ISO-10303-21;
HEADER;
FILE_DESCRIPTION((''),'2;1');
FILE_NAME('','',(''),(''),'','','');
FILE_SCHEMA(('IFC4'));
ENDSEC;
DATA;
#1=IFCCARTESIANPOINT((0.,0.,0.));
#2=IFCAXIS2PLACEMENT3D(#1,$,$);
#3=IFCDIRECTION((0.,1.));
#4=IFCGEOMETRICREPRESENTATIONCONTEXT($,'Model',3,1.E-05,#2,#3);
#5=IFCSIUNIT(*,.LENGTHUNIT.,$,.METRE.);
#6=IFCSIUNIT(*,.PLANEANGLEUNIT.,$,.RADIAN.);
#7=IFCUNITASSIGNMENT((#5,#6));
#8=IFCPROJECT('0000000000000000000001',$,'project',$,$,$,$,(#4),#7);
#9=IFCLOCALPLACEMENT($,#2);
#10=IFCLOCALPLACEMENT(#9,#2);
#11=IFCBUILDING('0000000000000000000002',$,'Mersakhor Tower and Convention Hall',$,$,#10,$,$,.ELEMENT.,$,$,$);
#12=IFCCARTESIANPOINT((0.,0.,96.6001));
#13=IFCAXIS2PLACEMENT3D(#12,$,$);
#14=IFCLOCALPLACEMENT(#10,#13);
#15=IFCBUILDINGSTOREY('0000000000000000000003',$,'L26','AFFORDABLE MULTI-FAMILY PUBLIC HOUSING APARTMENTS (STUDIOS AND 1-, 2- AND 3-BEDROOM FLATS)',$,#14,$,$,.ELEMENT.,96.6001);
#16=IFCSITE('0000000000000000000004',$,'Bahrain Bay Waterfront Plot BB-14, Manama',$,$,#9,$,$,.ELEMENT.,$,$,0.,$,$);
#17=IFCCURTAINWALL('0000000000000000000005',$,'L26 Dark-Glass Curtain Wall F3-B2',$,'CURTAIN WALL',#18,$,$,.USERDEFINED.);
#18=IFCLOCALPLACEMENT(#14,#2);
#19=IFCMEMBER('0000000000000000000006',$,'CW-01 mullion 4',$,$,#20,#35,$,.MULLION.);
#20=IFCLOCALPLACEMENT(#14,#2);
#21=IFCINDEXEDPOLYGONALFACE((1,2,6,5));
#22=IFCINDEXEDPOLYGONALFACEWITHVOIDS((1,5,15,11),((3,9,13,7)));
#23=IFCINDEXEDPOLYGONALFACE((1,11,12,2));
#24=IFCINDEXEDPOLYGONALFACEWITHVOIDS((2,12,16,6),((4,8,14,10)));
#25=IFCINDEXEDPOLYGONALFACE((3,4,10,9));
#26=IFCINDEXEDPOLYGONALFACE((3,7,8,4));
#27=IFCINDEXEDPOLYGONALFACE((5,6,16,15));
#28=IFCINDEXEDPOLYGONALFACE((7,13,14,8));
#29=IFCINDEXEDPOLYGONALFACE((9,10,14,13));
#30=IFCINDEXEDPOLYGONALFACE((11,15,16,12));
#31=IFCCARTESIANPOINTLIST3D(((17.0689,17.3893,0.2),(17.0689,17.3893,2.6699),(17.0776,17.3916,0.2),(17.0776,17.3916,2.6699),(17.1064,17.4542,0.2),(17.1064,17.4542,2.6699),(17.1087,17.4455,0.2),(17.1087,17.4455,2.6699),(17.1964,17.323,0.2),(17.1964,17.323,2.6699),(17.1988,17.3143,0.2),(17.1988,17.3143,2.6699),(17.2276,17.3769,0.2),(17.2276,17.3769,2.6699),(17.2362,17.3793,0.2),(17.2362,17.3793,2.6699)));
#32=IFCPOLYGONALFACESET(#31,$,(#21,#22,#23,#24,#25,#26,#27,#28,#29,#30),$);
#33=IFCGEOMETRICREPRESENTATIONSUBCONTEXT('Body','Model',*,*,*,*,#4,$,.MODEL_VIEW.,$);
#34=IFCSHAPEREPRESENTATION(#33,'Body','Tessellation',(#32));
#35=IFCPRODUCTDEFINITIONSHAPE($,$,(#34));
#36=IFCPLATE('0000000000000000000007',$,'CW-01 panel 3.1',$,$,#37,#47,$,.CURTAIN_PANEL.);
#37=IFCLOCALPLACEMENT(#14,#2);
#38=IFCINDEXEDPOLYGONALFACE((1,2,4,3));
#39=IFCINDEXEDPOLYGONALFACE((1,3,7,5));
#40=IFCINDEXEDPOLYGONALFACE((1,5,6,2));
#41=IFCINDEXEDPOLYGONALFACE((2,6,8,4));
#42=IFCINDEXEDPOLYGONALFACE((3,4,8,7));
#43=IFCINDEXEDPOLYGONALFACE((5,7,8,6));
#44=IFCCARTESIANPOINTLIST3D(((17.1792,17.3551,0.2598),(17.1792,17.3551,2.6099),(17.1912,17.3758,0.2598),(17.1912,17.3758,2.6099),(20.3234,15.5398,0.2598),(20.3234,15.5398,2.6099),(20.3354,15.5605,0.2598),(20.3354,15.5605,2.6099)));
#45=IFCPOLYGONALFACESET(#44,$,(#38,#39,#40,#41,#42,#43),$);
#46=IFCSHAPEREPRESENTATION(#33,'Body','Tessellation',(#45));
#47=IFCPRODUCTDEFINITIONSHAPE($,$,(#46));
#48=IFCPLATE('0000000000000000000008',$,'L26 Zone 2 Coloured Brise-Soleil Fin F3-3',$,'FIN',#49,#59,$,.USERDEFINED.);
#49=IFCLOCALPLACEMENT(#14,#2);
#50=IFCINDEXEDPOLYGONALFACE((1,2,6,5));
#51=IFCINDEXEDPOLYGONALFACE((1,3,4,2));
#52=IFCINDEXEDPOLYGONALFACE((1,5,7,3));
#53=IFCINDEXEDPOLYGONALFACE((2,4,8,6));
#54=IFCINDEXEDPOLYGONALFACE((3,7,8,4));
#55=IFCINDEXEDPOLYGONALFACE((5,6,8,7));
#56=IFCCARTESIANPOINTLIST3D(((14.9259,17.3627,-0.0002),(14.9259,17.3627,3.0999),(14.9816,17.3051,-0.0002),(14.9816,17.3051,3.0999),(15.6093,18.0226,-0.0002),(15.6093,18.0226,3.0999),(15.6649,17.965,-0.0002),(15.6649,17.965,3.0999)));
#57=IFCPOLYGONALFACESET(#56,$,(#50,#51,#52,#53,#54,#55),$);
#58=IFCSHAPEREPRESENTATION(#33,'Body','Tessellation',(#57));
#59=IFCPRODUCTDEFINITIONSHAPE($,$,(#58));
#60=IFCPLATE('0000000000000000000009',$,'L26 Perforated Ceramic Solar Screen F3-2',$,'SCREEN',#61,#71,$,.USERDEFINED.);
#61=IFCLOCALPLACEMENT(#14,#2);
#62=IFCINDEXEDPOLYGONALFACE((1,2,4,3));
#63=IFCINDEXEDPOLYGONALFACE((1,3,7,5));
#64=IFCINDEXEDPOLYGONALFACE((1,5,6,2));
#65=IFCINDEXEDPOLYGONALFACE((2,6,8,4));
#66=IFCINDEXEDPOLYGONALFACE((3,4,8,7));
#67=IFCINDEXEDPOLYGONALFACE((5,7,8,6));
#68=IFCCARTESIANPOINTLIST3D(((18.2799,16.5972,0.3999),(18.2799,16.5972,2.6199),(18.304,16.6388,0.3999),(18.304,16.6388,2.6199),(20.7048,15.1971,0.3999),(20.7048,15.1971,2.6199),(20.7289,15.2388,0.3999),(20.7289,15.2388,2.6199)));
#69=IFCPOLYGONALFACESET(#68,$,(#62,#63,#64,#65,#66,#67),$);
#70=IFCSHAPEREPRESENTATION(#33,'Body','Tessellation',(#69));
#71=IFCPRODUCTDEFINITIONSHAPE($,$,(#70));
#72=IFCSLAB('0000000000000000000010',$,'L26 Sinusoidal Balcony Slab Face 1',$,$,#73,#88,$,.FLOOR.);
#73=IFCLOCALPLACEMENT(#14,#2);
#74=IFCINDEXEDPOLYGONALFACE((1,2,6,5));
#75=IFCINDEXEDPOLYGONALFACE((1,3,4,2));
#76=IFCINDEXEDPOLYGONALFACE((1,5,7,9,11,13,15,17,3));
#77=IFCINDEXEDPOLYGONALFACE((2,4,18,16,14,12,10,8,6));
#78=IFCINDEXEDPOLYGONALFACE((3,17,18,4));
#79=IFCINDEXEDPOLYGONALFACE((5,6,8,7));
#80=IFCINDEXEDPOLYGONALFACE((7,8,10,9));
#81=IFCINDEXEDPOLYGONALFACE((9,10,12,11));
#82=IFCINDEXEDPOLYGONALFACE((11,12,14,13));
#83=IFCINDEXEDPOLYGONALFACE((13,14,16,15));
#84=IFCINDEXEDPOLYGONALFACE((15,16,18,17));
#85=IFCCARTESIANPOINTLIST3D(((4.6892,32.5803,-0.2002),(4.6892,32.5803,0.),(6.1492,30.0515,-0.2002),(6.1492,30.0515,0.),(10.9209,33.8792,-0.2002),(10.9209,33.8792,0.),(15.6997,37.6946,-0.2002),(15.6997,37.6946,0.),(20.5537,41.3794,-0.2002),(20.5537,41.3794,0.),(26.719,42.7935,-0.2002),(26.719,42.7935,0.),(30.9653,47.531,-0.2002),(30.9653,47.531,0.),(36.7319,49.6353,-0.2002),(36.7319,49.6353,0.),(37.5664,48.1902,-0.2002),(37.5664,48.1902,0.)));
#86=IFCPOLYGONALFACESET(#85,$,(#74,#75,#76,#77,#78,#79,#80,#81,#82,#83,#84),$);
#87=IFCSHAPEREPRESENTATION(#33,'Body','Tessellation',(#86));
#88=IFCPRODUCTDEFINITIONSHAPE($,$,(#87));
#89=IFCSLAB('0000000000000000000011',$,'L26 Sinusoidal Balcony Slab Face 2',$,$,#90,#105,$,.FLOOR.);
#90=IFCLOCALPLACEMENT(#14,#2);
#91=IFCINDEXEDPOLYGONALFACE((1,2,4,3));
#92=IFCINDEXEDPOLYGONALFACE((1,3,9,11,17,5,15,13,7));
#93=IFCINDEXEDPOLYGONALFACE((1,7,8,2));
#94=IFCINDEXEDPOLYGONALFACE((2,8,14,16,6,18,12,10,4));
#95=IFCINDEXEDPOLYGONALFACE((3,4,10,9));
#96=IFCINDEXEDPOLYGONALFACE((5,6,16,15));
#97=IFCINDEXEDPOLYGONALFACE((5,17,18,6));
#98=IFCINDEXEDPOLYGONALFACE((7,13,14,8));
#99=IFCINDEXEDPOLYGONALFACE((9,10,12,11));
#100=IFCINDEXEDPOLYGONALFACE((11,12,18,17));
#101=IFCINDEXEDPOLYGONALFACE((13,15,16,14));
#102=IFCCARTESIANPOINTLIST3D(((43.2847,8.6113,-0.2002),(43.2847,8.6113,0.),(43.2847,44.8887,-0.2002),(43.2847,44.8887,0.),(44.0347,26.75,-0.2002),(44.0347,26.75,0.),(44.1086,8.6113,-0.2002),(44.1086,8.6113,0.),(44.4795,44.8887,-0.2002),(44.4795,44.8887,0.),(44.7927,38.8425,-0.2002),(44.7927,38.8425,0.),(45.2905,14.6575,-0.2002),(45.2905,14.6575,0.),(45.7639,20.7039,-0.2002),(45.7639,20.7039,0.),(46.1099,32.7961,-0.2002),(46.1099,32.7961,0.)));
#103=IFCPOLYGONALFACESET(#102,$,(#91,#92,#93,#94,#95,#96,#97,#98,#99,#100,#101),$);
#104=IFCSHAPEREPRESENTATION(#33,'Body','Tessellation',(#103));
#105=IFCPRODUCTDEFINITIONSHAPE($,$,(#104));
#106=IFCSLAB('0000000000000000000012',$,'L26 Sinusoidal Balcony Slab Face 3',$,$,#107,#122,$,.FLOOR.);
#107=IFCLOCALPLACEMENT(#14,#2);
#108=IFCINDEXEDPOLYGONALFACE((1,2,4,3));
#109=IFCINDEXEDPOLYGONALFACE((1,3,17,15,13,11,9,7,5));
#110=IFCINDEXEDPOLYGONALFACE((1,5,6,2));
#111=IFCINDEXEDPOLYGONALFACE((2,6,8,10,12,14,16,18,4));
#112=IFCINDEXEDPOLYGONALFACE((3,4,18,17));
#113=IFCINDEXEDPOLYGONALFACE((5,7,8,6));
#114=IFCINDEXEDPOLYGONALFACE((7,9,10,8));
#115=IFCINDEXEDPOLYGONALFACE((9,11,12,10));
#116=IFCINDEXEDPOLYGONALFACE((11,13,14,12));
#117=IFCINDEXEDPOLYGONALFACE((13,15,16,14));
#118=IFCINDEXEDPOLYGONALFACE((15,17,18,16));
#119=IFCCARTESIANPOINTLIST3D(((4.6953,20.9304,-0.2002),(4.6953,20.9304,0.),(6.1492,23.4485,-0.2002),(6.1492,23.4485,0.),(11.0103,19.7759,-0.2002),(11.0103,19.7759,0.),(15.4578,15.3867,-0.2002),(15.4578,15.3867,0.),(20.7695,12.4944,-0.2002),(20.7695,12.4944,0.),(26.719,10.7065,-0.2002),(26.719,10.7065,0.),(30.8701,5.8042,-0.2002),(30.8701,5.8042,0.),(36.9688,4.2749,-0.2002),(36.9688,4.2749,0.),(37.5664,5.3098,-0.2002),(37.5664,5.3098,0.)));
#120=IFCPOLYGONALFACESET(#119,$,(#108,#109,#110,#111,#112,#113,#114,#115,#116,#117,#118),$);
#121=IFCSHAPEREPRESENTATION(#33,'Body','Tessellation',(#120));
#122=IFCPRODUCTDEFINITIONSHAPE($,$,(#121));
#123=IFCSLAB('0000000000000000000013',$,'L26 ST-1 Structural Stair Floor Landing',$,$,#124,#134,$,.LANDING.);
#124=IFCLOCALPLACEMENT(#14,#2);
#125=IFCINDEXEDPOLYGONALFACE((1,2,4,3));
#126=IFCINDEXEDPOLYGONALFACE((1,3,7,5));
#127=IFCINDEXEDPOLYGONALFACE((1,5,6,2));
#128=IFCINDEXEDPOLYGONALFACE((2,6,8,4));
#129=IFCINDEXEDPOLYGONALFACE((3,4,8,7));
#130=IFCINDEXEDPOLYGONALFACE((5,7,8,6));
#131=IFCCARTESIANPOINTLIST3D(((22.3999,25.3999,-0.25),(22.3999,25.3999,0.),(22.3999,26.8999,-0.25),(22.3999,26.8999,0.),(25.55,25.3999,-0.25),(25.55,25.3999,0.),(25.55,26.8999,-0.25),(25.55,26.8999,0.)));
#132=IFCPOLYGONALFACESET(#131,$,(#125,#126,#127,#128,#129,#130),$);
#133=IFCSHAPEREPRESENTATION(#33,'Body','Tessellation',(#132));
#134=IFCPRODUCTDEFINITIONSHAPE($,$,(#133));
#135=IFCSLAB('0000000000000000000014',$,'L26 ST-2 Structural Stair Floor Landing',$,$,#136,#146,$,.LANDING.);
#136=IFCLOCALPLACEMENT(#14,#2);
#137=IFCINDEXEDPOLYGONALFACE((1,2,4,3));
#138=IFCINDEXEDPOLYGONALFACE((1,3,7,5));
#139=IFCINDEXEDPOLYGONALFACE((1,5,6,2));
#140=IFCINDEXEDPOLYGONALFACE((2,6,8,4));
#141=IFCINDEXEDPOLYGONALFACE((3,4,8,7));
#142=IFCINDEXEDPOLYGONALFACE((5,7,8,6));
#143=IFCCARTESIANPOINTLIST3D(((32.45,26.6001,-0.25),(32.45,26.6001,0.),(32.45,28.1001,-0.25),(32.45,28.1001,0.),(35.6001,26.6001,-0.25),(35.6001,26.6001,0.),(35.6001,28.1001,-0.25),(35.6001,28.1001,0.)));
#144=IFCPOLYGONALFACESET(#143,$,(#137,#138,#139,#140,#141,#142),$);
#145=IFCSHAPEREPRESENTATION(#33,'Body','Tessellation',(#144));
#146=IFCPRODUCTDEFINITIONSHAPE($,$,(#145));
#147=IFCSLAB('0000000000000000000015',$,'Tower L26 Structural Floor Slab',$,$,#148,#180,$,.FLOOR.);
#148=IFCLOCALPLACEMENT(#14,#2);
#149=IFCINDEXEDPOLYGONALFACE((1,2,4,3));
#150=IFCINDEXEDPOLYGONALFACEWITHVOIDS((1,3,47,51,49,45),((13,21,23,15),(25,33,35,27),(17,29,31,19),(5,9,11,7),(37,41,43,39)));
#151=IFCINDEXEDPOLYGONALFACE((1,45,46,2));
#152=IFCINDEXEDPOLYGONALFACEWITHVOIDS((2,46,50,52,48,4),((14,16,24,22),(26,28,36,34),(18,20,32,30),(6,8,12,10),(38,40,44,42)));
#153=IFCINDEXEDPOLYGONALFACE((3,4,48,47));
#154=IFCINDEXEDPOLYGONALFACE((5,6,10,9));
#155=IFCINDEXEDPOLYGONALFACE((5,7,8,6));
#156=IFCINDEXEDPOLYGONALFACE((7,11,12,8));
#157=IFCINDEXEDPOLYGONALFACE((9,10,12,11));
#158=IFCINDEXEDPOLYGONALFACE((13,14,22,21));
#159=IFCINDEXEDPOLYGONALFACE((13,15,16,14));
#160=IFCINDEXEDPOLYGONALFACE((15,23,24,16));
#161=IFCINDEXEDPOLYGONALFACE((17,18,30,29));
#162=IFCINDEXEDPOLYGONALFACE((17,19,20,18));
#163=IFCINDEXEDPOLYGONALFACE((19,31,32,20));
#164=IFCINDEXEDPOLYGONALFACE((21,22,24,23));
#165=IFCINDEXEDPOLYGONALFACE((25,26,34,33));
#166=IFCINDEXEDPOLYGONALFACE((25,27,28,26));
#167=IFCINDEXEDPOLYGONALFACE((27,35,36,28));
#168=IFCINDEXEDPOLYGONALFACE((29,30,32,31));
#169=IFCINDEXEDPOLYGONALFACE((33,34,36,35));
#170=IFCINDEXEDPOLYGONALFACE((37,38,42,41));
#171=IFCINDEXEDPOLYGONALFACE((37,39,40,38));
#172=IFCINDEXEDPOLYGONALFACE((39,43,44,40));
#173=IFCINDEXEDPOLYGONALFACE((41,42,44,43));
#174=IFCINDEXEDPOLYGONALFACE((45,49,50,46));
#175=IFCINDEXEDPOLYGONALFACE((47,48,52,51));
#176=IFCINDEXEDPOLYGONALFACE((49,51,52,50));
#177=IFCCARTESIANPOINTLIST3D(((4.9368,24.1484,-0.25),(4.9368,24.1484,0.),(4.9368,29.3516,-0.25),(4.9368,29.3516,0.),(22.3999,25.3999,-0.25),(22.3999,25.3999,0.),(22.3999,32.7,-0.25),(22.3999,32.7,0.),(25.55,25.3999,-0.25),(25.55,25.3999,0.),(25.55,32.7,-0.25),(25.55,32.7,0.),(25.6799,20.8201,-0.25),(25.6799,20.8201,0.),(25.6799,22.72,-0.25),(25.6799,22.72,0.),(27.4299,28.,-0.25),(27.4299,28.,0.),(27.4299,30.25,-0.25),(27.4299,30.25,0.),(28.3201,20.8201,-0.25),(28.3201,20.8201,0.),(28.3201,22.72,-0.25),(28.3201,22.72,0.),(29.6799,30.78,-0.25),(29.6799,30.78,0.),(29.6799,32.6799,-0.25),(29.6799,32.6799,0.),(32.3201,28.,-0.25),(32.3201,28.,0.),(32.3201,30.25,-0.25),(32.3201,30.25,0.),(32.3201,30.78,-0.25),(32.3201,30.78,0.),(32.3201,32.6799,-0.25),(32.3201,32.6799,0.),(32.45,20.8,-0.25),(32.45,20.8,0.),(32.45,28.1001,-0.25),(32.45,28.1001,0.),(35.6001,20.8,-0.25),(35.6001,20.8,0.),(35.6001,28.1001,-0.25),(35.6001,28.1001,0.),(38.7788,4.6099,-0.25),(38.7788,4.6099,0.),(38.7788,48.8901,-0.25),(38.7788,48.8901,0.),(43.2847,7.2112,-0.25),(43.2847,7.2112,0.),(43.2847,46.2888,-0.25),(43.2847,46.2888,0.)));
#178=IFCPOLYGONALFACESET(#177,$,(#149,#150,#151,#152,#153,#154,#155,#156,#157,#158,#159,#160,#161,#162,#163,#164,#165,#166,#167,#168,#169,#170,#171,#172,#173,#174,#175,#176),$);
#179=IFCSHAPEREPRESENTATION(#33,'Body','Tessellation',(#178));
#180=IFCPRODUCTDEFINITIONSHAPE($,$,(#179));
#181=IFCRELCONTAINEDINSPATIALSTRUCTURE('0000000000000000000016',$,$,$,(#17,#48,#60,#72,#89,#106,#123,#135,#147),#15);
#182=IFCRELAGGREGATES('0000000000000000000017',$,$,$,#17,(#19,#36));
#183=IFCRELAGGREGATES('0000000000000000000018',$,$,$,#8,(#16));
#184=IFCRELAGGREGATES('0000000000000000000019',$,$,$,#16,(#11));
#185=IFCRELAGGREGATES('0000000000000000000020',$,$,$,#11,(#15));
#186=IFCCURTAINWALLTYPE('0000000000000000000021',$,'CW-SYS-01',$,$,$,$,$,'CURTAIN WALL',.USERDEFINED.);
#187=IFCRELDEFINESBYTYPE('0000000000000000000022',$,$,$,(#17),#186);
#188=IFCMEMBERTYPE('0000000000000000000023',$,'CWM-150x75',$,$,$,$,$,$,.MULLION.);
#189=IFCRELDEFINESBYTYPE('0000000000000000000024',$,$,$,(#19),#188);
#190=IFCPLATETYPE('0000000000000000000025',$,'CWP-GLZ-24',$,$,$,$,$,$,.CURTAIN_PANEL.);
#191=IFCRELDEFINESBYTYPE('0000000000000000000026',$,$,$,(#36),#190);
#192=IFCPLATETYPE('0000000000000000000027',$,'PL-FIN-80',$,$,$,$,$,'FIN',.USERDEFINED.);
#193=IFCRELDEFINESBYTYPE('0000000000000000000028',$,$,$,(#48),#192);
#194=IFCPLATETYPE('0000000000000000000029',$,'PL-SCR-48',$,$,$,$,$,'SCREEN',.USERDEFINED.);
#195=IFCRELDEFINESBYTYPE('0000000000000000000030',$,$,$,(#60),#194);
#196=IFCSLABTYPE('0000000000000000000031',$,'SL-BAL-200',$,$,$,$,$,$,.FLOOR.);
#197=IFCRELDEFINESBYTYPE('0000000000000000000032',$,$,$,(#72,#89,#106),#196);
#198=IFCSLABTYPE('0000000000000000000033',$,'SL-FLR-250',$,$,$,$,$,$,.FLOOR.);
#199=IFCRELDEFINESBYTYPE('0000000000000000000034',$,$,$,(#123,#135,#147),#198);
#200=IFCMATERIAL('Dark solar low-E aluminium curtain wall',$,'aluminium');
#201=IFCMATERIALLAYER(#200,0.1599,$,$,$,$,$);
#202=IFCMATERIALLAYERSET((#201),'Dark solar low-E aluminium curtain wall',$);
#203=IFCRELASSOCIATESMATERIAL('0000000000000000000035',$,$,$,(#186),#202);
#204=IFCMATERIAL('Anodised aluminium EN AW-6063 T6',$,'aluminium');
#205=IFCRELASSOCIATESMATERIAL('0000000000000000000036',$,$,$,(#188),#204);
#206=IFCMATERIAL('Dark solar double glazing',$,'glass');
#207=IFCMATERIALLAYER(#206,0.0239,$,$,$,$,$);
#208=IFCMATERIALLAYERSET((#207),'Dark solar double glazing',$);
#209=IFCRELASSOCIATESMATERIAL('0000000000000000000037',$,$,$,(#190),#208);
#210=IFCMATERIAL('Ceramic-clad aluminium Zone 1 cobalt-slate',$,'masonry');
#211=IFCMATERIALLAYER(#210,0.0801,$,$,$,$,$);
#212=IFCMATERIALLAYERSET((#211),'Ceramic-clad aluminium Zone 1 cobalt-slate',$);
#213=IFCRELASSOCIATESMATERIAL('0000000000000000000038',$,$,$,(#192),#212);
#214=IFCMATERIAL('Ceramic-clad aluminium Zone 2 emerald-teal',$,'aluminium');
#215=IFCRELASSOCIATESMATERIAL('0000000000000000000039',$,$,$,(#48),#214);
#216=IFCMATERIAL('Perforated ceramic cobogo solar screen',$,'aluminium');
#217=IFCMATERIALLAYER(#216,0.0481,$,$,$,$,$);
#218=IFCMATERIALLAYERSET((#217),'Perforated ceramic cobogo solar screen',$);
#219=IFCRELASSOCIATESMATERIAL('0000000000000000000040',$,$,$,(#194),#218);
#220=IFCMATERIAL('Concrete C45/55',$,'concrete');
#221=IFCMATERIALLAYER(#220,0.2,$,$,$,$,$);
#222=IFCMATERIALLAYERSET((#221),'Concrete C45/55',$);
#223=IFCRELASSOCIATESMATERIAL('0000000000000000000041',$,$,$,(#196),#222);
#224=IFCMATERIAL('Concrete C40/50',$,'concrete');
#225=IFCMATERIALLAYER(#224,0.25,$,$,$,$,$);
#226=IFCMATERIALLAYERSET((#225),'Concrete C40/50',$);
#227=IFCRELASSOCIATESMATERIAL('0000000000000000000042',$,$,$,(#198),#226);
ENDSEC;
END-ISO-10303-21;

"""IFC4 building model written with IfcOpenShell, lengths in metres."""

from ifc_helpers import new_model, si_unit, direction, frame, origin, origin_2d, place, context, subcontext, project, spatial, polyline, rectangle, hollow_rectangle, outline, extrude, material, layer, layer_set, material_profile, profile_set, type_object, element, aggregate, save


model = new_model("IFC4")

# Units and contexts
model_context = context("Model", 3, precision=1e-05, world=origin(), true_north=direction((0.0, 1.0)))
body_context = subcontext(model_context, "Body", "Model", "MODEL_VIEW")
ifc_project = project(units=[si_unit("LENGTHUNIT", "METRE"), si_unit("PLANEANGLEUNIT", "RADIAN")], contexts=[model_context])

# Site, building, storey
site_placement = place(None, origin())
site = spatial("IfcSite", under=ifc_project, at=site_placement, Name="Bahrain Bay Waterfront Plot BB-14, Manama", CompositionType="ELEMENT", RefElevation=0.0)
building_placement = place(site_placement, origin())
building = spatial("IfcBuilding", under=site, at=building_placement, Name="Mersakhor Tower and Convention Hall", CompositionType="ELEMENT")
storey_placement = place(building_placement, frame((0.0, 0.0, 96.6001)))
storey = spatial("IfcBuildingStorey", under=building, at=storey_placement, Name="L26", Description="AFFORDABLE MULTI-FAMILY PUBLIC HOUSING APARTMENTS (STUDIOS AND 1-, 2- AND 3-BEDROOM FLATS)", CompositionType="ELEMENT", Elevation=96.6001)

# Curtain wall, member, plate
ifc_material_1 = material(Name="Dark solar low-E aluminium curtain wall", Category="aluminium")
ifc_layer_1 = layer(ifc_material_1, 0.1599)
ifc_layer_set_1 = layer_set([ifc_layer_1], Name="Dark solar low-E aluminium curtain wall")
curtain_wall_type = type_object("IfcCurtainWallType", Name="CW-SYS-01", ElementType="CURTAIN WALL", PredefinedType="USERDEFINED", material=ifc_layer_set_1)
curtain_wall_placement = place(storey_placement, origin())
curtain_wall = element("IfcCurtainWall", 1, at=curtain_wall_placement, inside=storey, type_object=curtain_wall_type, Name="L26 Dark-Glass Curtain Wall F3-B2", ObjectType="CURTAIN WALL", PredefinedType="USERDEFINED")
ifc_material_2 = material(Name="Anodised aluminium EN AW-6063 T6", Category="aluminium")
ifc_material_profile = material_profile(ifc_material_2, hollow_rectangle(XDim=0.075, YDim=0.1499, WallThickness=0.0063, at=origin_2d()), Name="RHS 150x75x6.3")
ifc_profile_set = profile_set([ifc_material_profile], Name="Anodised aluminium EN AW-6063 T6")
member_type = type_object("IfcMemberType", Name="CWM-150x75", PredefinedType="MULLION", material=ifc_profile_set)
member_placement = place(storey_placement, frame((17.1526, 17.3843, 0.2), z_axis=(0.0, 0.0, 1.0), x_axis=(-0.499998, -0.866027, 0.0)))
member = element("IfcMember", 2, at=member_placement, type_object=member_type, Name="CW-01 mullion 4", PredefinedType="MULLION", context=body_context, shape_type="SweptSolid", body=[
    extrude(hollow_rectangle(XDim=0.075, YDim=0.1499, WallThickness=0.0063, at=origin_2d()), origin(), (0.0, 0.0, 1.0), 2.47),
])
ifc_material_3 = material(Name="Dark solar double glazing", Category="glass")
ifc_layer_2 = layer(ifc_material_3, 0.0239)
ifc_layer_set_2 = layer_set([ifc_layer_2], Name="Dark solar double glazing")
plate_type_1 = type_object("IfcPlateType", Name="CWP-GLZ-24", PredefinedType="CURTAIN_PANEL", material=ifc_layer_set_2)
plate_1_placement = place(storey_placement, frame((18.7573, 16.4578, 0.2598), z_axis=(0.0, 0.0, 1.0), x_axis=(-0.866027, 0.499998, 0.0)))
plate_1 = element("IfcPlate", 3, at=plate_1_placement, type_object=plate_type_1, Name="CW-01 panel 3.1", PredefinedType="CURTAIN_PANEL", context=body_context, shape_type="SweptSolid", body=[
    extrude(rectangle(XDim=3.6306, YDim=0.0239, at=origin_2d()), origin(), (0.0, 0.0, 1.0), 2.3501),
])
aggregate(curtain_wall, [member, plate_1])

# Plates
ifc_material_4 = material(Name="Ceramic-clad aluminium Zone 2 emerald-teal", Category="aluminium")
ifc_material_5 = material(Name="Ceramic-clad aluminium Zone 1 cobalt-slate", Category="masonry")
ifc_layer_3 = layer(ifc_material_5, 0.0801)
ifc_layer_set_3 = layer_set([ifc_layer_3], Name="Ceramic-clad aluminium Zone 1 cobalt-slate")
plate_type_2 = type_object("IfcPlateType", Name="PL-FIN-80", ElementType="FIN", PredefinedType="USERDEFINED", material=ifc_layer_set_3)
plate_2_placement = place(storey_placement, frame((15.2954, 17.6638, -0.0002), z_axis=(0.0, 0.0, 1.0), x_axis=(-0.71934, -0.694658, 0.0)))
element("IfcPlate", 4, at=plate_2_placement, inside=storey, type_object=plate_type_2, material=ifc_material_4, Name="L26 Zone 2 Coloured Brise-Soleil Fin F3-3", ObjectType="FIN", PredefinedType="USERDEFINED", context=body_context, shape_type="SweptSolid", body=[
    extrude(rectangle(XDim=0.95, YDim=0.0801, at=origin_2d()), origin(), (0.0, 0.0, 1.0), 3.1001),
])
ifc_material_6 = material(Name="Perforated ceramic cobogo solar screen", Category="aluminium")
ifc_layer_4 = layer(ifc_material_6, 0.0481)
ifc_layer_set_4 = layer_set([ifc_layer_4], Name="Perforated ceramic cobogo solar screen")
plate_type_3 = type_object("IfcPlateType", Name="PL-SCR-48", ElementType="SCREEN", PredefinedType="USERDEFINED", material=ifc_layer_set_4)
plate_3_placement = place(storey_placement, frame((19.5044, 15.918, 0.3999), z_axis=(0.0, 0.0, 1.0), x_axis=(-0.866025, 0.5, 0.0)))
element("IfcPlate", 5, at=plate_3_placement, inside=storey, type_object=plate_type_3, Name="L26 Perforated Ceramic Solar Screen F3-2", ObjectType="SCREEN", PredefinedType="USERDEFINED", context=body_context, shape_type="SweptSolid", body=[
    extrude(rectangle(XDim=2.8, YDim=0.0481, at=origin_2d()), origin(), (0.0, 0.0, 1.0), 2.22),
])

# Slabs
ifc_material_7 = material(Name="Concrete C45/55", Category="concrete")
ifc_layer_5 = layer(ifc_material_7, 0.2)
ifc_layer_set_5 = layer_set([ifc_layer_5], Name="Concrete C45/55")
slab_type_1 = type_object("IfcSlabType", Name="SL-BAL-200", PredefinedType="FLOOR", material=ifc_layer_set_5)
slab_1_placement = place(storey_placement, frame((0.0, 0.0, -0.2002)))
element("IfcSlab", 6, at=slab_1_placement, inside=storey, type_object=slab_type_1, Name="L26 Sinusoidal Balcony Slab Face 1", PredefinedType="FLOOR", context=body_context, shape_type="SweptSolid", body=[
    extrude(outline(polyline([(6.1492, 30.0515), (37.5664, 48.1902), (36.7319, 49.6353), (30.9653, 47.531), (26.719, 42.7935), (20.5537, 41.3794), (15.6997, 37.6946), (10.9209, 33.8792), (4.6892, 32.5803), (6.1492, 30.0515)])), origin(), (0.0, 0.0, 1.0), 0.2002),
])
slab_2_placement = place(storey_placement, frame((0.0, 0.0, -0.2002)))
element("IfcSlab", 7, at=slab_2_placement, inside=storey, type_object=slab_type_1, Name="L26 Sinusoidal Balcony Slab Face 2", PredefinedType="FLOOR", context=body_context, shape_type="SweptSolid", body=[
    extrude(outline(polyline([(43.2847, 44.8887), (43.2847, 8.6113), (44.1086, 8.6113), (45.2905, 14.6575), (45.7639, 20.7039), (44.0347, 26.75), (46.1099, 32.7961), (44.7927, 38.8425), (44.4795, 44.8887), (43.2847, 44.8887)])), origin(), (0.0, 0.0, 1.0), 0.2002),
])
slab_3_placement = place(storey_placement, frame((0.0, 0.0, -0.2002)))
element("IfcSlab", 8, at=slab_3_placement, inside=storey, type_object=slab_type_1, Name="L26 Sinusoidal Balcony Slab Face 3", PredefinedType="FLOOR", context=body_context, shape_type="SweptSolid", body=[
    extrude(outline(polyline([(37.5664, 5.3098), (6.1492, 23.4485), (4.6953, 20.9304), (11.0103, 19.7759), (15.4578, 15.3867), (20.7695, 12.4944), (26.719, 10.7065), (30.8701, 5.8042), (36.9688, 4.2749), (37.5664, 5.3098)])), origin(), (0.0, 0.0, 1.0), 0.2002),
])
ifc_material_8 = material(Name="Concrete C40/50", Category="concrete")
ifc_layer_6 = layer(ifc_material_8, 0.25)
ifc_layer_set_6 = layer_set([ifc_layer_6], Name="Concrete C40/50")
slab_type_2 = type_object("IfcSlabType", Name="SL-FLR-250", PredefinedType="FLOOR", material=ifc_layer_set_6)
slab_4_placement = place(storey_placement, frame((0.0, 0.0, -0.25)))
element("IfcSlab", 9, at=slab_4_placement, inside=storey, type_object=slab_type_2, Name="L26 ST-1 Structural Stair Floor Landing", PredefinedType="LANDING", context=body_context, shape_type="SweptSolid", body=[
    extrude(outline(polyline([(25.55, 25.3999), (25.55, 26.8999), (22.3999, 26.8999), (22.3999, 25.3999), (25.55, 25.3999)])), origin(), (0.0, 0.0, 1.0), 0.25),
])
slab_5_placement = place(storey_placement, frame((0.0, 0.0, -0.25)))
element("IfcSlab", 10, at=slab_5_placement, inside=storey, type_object=slab_type_2, Name="L26 ST-2 Structural Stair Floor Landing", PredefinedType="LANDING", context=body_context, shape_type="SweptSolid", body=[
    extrude(outline(polyline([(32.45, 28.1001), (32.45, 26.6001), (35.6001, 26.6001), (35.6001, 28.1001), (32.45, 28.1001)])), origin(), (0.0, 0.0, 1.0), 0.25),
])
slab_6_placement = place(storey_placement, frame((0.0, 0.0, -0.25)))
element("IfcSlab", 11, at=slab_6_placement, inside=storey, type_object=slab_type_2, Name="Tower L26 Structural Floor Slab", PredefinedType="FLOOR", context=body_context, shape_type="SweptSolid", body=[
    extrude(outline(polyline([(4.9368, 29.3516), (38.7788, 48.8901), (43.2847, 46.2888), (43.2847, 7.2112), (38.7788, 4.6099), (4.9368, 24.1484), (4.9368, 29.3516)]), holes=[polyline([(25.55, 25.3999), (25.55, 32.7), (22.3999, 32.7), (22.3999, 25.3999), (25.55, 25.3999)]), polyline([(32.45, 28.1001), (32.45, 20.8), (35.6001, 20.8), (35.6001, 28.1001), (32.45, 28.1001)]), polyline([(25.6799, 20.8201), (25.6799, 22.72), (28.3201, 22.72), (28.3201, 20.8201), (25.6799, 20.8201)]), polyline([(29.6799, 30.78), (29.6799, 32.6799), (32.3201, 32.6799), (32.3201, 30.78), (29.6799, 30.78)]), polyline([(27.4299, 28.0), (27.4299, 30.25), (32.3201, 30.25), (32.3201, 28.0), (27.4299, 28.0)])]), origin(), (0.0, 0.0, 1.0), 0.25),
])

save(model, "model.ifc")
